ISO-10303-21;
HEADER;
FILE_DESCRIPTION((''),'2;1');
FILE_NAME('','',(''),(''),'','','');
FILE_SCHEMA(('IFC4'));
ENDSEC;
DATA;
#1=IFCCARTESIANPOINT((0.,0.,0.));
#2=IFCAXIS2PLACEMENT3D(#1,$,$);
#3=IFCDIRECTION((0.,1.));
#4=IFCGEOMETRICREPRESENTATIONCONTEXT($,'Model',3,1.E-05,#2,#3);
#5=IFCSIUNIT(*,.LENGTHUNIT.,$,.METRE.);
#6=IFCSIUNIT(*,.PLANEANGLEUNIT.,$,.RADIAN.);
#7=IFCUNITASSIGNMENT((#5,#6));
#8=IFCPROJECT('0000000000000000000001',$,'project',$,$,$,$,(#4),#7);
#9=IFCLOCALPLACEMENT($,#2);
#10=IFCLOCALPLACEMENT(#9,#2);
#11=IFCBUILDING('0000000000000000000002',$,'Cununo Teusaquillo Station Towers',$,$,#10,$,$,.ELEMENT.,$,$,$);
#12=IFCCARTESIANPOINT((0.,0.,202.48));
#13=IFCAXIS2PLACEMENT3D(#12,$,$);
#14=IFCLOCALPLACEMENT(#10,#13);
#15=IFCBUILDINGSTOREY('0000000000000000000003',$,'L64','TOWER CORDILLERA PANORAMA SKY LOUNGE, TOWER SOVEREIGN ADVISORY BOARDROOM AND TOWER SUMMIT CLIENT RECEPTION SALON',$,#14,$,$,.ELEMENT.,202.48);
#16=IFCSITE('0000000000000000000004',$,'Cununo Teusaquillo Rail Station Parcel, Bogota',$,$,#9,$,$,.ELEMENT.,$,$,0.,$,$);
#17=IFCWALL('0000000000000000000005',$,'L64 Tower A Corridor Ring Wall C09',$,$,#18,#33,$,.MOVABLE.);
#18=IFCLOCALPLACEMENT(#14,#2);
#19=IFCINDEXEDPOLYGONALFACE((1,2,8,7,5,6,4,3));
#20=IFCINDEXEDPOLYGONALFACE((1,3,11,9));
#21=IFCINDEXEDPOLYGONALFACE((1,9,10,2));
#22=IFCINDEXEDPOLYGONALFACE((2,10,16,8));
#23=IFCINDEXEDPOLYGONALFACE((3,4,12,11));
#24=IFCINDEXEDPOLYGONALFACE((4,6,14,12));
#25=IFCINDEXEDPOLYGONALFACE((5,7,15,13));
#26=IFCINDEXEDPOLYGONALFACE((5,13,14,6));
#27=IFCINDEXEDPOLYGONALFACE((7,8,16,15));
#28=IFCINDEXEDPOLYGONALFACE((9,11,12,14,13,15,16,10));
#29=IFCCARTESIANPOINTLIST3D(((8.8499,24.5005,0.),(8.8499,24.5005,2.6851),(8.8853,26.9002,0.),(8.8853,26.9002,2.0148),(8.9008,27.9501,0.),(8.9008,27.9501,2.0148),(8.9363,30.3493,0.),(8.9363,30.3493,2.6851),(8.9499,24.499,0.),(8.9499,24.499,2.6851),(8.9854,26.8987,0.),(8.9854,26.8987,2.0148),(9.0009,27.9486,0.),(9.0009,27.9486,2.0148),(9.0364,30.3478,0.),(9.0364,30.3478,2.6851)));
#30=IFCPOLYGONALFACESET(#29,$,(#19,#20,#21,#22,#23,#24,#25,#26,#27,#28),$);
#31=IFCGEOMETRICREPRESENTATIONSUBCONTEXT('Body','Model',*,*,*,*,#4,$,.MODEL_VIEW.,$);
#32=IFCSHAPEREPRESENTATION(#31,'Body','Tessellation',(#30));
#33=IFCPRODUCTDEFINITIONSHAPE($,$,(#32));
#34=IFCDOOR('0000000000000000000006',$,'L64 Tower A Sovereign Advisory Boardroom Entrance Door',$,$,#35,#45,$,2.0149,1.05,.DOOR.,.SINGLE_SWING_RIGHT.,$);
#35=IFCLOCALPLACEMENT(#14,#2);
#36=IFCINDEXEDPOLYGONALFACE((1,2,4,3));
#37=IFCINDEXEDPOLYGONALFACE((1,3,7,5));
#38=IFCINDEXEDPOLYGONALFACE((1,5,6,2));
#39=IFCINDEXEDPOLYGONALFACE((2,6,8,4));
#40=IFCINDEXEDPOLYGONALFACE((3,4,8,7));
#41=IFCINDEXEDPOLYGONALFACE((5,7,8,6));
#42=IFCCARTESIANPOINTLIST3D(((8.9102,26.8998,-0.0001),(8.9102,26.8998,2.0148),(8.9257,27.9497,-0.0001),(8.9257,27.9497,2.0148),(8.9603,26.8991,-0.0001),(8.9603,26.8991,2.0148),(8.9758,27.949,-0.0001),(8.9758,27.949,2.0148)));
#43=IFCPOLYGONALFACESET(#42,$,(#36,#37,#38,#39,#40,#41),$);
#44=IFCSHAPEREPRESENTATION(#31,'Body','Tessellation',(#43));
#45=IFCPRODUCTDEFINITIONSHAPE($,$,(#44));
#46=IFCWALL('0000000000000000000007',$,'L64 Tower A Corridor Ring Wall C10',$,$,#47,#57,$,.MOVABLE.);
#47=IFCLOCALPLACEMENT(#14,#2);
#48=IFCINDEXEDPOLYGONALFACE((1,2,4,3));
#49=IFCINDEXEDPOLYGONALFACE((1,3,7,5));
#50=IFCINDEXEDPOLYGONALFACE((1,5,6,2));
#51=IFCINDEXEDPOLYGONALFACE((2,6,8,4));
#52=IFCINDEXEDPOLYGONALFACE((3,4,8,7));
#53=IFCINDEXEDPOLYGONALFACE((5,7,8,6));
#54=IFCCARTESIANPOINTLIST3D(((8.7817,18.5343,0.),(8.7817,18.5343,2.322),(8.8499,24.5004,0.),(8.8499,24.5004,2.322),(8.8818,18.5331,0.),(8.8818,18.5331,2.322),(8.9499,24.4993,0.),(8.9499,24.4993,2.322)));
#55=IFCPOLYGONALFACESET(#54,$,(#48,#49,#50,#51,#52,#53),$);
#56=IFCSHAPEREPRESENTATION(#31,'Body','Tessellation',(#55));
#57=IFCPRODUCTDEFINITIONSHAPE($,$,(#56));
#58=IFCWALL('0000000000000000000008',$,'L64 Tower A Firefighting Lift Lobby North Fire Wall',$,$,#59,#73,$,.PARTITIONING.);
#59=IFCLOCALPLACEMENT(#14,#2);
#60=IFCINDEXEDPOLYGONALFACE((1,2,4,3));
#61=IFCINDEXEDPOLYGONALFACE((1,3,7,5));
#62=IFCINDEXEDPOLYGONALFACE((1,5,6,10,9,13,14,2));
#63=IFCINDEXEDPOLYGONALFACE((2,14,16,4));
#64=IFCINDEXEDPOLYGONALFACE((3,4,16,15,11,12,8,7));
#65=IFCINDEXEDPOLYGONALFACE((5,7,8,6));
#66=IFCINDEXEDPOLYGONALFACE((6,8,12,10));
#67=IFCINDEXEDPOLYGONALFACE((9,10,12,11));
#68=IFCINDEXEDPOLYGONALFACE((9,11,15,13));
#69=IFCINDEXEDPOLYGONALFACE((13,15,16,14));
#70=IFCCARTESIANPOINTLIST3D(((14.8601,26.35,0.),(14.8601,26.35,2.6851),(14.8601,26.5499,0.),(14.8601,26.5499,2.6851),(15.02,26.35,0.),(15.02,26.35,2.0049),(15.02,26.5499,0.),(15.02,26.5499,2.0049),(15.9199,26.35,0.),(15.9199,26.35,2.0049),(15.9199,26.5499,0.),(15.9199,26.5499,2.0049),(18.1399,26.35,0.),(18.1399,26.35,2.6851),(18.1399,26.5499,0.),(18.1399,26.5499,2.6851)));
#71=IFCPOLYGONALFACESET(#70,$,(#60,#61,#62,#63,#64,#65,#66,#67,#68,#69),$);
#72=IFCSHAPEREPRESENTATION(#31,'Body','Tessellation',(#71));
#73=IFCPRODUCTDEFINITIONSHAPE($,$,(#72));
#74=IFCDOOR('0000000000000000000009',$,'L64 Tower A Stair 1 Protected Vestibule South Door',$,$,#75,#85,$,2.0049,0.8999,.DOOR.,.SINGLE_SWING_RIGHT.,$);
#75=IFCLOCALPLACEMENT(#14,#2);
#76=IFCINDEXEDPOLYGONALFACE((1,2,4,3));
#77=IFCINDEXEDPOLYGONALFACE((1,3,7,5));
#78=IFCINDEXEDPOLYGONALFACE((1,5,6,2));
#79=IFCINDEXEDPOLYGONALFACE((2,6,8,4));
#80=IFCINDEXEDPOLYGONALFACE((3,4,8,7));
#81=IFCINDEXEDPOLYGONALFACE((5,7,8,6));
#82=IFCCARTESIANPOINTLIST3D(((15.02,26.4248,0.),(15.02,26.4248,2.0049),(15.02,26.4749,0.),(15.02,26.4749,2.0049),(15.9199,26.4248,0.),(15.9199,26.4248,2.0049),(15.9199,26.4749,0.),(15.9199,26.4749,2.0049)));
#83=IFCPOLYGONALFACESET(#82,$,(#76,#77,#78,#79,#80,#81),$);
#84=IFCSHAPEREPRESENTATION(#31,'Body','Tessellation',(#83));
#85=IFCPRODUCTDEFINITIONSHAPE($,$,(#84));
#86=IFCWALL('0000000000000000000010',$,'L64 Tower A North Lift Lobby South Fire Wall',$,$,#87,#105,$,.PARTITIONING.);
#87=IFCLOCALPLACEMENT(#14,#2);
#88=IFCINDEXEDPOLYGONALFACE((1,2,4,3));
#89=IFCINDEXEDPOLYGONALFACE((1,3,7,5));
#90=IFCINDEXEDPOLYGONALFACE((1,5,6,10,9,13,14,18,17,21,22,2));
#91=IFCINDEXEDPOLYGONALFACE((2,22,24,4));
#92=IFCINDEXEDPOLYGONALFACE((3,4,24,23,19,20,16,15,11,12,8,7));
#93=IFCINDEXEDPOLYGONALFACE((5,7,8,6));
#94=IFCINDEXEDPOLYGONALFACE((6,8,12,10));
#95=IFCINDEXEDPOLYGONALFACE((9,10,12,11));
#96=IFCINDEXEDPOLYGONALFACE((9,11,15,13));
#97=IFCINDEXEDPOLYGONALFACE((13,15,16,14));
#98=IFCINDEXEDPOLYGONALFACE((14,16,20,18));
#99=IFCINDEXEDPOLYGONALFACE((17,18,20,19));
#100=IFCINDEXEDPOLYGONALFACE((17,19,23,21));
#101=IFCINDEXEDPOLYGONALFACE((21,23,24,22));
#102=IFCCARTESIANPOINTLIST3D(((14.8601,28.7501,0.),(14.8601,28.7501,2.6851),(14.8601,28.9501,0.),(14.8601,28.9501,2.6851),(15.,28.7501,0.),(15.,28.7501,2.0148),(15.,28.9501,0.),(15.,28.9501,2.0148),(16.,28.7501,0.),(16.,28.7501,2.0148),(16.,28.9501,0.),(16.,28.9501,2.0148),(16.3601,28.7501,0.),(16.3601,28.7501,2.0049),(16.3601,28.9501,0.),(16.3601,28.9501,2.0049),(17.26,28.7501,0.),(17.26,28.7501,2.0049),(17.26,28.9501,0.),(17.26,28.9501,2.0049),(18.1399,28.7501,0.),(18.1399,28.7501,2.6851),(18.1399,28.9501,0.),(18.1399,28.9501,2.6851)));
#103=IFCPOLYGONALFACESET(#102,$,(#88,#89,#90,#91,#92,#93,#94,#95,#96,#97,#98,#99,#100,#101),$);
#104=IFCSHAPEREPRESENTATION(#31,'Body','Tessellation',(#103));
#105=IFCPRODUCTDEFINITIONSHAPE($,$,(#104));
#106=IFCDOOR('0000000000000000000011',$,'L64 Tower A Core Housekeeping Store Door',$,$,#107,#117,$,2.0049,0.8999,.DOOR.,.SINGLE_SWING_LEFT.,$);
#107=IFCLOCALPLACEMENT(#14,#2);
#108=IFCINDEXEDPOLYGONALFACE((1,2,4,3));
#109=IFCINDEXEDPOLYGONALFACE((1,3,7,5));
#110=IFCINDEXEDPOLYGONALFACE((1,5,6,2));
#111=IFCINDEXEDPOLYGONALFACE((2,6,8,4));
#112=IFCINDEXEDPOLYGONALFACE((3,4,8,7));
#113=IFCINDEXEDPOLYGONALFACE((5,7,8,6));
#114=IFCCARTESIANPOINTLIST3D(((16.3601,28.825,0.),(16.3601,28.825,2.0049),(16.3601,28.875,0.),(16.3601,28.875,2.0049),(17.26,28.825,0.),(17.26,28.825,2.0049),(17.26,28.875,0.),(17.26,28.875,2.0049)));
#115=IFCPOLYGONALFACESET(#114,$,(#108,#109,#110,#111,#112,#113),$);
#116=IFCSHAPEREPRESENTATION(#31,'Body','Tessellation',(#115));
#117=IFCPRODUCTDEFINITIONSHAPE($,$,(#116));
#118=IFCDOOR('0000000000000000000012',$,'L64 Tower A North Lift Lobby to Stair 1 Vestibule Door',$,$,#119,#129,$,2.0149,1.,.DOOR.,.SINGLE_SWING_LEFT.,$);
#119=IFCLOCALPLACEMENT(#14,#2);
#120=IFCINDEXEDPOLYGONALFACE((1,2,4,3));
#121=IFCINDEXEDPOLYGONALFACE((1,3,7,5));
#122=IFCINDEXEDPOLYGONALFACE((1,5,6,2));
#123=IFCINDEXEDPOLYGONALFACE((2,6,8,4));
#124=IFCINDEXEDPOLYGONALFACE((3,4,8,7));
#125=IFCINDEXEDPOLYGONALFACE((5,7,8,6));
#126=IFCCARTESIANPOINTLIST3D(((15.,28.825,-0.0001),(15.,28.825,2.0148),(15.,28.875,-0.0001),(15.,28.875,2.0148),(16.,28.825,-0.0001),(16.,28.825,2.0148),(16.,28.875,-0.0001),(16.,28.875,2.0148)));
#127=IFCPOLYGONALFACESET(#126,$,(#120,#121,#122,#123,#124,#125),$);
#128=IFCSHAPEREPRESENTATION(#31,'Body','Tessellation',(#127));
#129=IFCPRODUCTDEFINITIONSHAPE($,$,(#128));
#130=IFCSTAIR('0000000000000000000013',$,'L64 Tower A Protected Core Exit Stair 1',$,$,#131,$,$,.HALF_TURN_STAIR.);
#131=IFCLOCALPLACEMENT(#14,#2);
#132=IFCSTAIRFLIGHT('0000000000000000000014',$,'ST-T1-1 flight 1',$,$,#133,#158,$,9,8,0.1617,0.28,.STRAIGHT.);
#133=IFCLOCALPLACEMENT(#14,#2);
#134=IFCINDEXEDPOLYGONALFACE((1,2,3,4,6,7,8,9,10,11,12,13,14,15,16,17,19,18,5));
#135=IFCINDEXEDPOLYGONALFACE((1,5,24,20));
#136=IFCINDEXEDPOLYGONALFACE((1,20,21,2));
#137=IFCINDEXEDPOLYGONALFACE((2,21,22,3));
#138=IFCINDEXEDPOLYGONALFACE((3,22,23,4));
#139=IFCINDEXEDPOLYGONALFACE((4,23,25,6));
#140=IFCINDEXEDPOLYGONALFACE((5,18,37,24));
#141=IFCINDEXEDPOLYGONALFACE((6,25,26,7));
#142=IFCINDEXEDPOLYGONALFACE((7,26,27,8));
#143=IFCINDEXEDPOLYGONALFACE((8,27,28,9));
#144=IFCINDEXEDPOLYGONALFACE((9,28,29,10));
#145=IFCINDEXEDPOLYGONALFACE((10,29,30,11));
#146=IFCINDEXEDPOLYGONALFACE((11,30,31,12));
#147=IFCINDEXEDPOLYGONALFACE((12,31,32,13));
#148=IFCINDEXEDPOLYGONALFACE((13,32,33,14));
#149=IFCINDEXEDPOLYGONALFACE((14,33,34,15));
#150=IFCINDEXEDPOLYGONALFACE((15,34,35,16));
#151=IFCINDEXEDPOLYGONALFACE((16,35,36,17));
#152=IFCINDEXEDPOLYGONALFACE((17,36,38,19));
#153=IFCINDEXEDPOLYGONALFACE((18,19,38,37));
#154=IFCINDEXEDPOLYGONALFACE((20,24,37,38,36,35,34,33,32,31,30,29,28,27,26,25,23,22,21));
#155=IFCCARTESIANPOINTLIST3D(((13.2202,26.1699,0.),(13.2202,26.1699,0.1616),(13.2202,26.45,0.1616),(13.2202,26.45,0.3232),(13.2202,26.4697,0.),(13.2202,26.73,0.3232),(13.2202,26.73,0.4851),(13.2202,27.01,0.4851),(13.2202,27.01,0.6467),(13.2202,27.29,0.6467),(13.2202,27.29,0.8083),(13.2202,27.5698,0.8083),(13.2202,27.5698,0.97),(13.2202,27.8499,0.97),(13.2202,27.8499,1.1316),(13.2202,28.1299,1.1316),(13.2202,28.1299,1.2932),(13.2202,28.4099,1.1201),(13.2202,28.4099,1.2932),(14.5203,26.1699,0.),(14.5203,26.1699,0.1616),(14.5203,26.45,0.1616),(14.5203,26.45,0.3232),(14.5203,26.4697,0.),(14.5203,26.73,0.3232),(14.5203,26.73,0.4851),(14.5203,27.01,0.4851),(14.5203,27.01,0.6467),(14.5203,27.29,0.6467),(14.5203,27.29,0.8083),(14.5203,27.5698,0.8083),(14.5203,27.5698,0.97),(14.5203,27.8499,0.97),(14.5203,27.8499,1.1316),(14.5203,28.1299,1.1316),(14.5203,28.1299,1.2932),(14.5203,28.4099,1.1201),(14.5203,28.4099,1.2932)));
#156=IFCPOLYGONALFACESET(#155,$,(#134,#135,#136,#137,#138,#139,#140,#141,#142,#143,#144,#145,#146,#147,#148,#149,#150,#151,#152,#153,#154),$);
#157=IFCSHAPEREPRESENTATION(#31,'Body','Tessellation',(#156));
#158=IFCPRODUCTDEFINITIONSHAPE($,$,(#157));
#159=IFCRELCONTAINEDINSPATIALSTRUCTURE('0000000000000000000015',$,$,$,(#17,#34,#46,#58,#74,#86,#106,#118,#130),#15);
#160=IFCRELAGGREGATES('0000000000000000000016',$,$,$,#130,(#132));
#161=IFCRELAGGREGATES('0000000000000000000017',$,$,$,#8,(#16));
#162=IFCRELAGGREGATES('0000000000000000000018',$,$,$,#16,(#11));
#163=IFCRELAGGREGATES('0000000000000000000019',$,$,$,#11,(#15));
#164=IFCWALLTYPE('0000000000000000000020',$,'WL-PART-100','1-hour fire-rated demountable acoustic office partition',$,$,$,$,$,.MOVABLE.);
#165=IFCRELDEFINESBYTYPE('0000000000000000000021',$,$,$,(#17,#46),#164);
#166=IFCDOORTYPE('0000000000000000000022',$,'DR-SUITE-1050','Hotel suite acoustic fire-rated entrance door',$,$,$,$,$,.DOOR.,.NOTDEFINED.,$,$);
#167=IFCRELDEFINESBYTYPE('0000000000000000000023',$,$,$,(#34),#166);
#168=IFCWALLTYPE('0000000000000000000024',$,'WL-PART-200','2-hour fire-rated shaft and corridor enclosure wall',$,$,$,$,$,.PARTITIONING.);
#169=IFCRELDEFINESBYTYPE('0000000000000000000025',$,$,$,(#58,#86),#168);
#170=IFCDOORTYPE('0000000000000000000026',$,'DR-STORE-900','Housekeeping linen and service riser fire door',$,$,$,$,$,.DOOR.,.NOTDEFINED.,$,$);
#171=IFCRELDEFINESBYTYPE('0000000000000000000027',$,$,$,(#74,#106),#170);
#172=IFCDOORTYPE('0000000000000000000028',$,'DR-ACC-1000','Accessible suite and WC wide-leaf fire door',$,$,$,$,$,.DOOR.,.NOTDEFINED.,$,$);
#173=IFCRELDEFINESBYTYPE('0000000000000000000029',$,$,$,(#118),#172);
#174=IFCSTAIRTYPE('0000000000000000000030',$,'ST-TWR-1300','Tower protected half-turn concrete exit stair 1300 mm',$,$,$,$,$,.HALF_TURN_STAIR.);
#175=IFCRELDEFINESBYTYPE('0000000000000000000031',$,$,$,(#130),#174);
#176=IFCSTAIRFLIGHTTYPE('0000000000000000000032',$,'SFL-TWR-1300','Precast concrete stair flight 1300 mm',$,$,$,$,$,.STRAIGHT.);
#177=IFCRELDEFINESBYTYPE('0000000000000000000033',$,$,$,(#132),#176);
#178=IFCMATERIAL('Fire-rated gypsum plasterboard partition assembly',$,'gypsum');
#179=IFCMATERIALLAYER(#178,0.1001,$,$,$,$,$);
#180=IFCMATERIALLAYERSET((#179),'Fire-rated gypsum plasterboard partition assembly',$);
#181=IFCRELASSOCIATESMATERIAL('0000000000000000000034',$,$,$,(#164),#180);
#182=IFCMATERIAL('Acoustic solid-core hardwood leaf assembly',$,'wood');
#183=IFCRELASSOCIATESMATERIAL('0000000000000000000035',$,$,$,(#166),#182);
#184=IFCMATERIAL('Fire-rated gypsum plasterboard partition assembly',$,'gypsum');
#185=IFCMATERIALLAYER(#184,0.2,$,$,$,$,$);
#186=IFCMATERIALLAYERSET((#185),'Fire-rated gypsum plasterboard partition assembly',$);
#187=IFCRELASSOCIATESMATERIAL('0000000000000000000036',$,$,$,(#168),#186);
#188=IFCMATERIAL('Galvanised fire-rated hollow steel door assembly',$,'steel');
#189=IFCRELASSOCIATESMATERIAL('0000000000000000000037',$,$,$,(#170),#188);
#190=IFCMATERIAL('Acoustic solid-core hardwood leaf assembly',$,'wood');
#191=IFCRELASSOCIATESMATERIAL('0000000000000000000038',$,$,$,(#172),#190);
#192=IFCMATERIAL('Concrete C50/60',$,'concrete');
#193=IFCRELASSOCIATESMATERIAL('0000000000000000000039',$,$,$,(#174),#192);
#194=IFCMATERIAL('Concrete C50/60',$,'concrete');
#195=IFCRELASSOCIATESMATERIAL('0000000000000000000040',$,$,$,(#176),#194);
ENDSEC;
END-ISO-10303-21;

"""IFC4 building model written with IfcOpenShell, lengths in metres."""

from ifc_helpers import new_model, si_unit, direction, frame, frame_2d, origin, place, context, subcontext, project, spatial, polyline, rectangle, outline, extrude, source, transform, mapped, material, layer, layer_set, type_object, element, fill, aggregate, save


model = new_model("IFC4")

# Units and contexts
model_context = context("Model", 3, precision=1e-05, world=origin(), true_north=direction((0.0, 1.0)))
body_context = subcontext(model_context, "Body", "Model", "MODEL_VIEW")
ifc_project = project(units=[si_unit("LENGTHUNIT", "METRE"), si_unit("PLANEANGLEUNIT", "RADIAN")], contexts=[model_context])

# Site, building, storey
site_placement = place(None, origin())
site = spatial("IfcSite", under=ifc_project, at=site_placement, Name="Cununo Teusaquillo Rail Station Parcel, Bogota", CompositionType="ELEMENT", RefElevation=0.0)
building_placement = place(site_placement, origin())
building = spatial("IfcBuilding", under=site, at=building_placement, Name="Cununo Teusaquillo Station Towers", CompositionType="ELEMENT")
storey_placement = place(building_placement, frame((0.0, 0.0, 202.48)))
storey = spatial("IfcBuildingStorey", under=building, at=storey_placement, Name="L64", Description="TOWER CORDILLERA PANORAMA SKY LOUNGE, TOWER SOVEREIGN ADVISORY BOARDROOM AND TOWER SUMMIT CLIENT RECEPTION SALON", CompositionType="ELEMENT", Elevation=202.48)

# Wall, opening, door
ifc_material_1 = material(Name="Fire-rated gypsum plasterboard partition assembly", Category="gypsum")
ifc_layer_1 = layer(ifc_material_1, 0.1001)
ifc_layer_set_1 = layer_set([ifc_layer_1], Name="Fire-rated gypsum plasterboard partition assembly")
wall_type_1 = type_object("IfcWallType", Name="WL-PART-100", Description="1-hour fire-rated demountable acoustic office partition", PredefinedType="MOVABLE", material=ifc_layer_set_1)
wall_1_placement = place(storey_placement, frame((8.9863, 30.3486, 0.0), z_axis=(0.0, 0.0, 1.0), x_axis=(-0.014775, -0.999891, 0.0)))
wall_1 = element("IfcWall", 1, at=wall_1_placement, inside=storey, type_object=wall_type_1, Name="L64 Tower A Corridor Ring Wall C09", PredefinedType="MOVABLE", context=body_context, shape_type="SweptSolid", body=[
    extrude(rectangle(XDim=5.8494, YDim=0.1001, at=frame_2d((2.9248, 0.0))), origin(), (0.0, 0.0, 1.0), 2.6851),
])
shared_shape_1 = source(origin(), body_context, "Body", "SweptSolid", [
    extrude(rectangle(XDim=1.05, YDim=2.0149, at=frame_2d((0.5249, 1.0073))), frame((0.0, 0.0601, 0.0), z_axis=(0.0, -1.0, 0.0), x_axis=(1.0, 0.0, 0.0)), (0.0, 0.0, 1.0), 0.1201),
])
opening_1_placement = place(wall_1_placement, frame((2.3997, 0.0, 0.0)))
opening_1 = element("IfcOpeningElement", 2, at=opening_1_placement, cuts=wall_1, PredefinedType="OPENING", context=body_context, shape_type="MappedRepresentation", body=[
    mapped(shared_shape_1, transform((0.0, 0.0, 0.0), x_axis=(1.0, 0.0, 0.0), y_axis=(0.0, 1.0, 0.0), z_axis=(0.0, 0.0, 1.0), scale=1.0)),
])
ifc_material_2 = material(Name="Acoustic solid-core hardwood leaf assembly", Category="wood")
door_type_1 = type_object("IfcDoorType", Name="DR-SUITE-1050", Description="Hotel suite acoustic fire-rated entrance door", OperationType="NOTDEFINED", PredefinedType="DOOR", material=ifc_material_2)
shared_shape_2 = source(origin(), body_context, "Body", "SweptSolid", [
    extrude(rectangle(XDim=1.05, YDim=2.0149, at=frame_2d((0.5249, 1.0073))), frame((0.0, 0.0249, 0.0), z_axis=(0.0, -1.0, 0.0), x_axis=(1.0, 0.0, 0.0)), (0.0, 0.0, 1.0), 0.05),
])
door_1_placement = place(opening_1_placement, origin())
door_1 = element("IfcDoor", 3, at=door_1_placement, inside=storey, type_object=door_type_1, Name="L64 Tower A Sovereign Advisory Boardroom Entrance Door", OperationType="SINGLE_SWING_RIGHT", OverallHeight=2.0149, OverallWidth=1.05, PredefinedType="DOOR", context=body_context, shape_type="MappedRepresentation", body=[
    mapped(shared_shape_2, transform((0.0, 0.0, 0.0), x_axis=(1.0, 0.0, 0.0), y_axis=(0.0, 1.0, 0.0), z_axis=(0.0, 0.0, 1.0), scale=1.0)),
])
fill(opening_1, door_1)

# Wall
wall_2_placement = place(storey_placement, frame((8.8999, 24.5, 0.0), z_axis=(0.0, 0.0, 1.0), x_axis=(-0.011416, -0.999935, 0.0)))
element("IfcWall", 4, at=wall_2_placement, inside=storey, type_object=wall_type_1, Name="L64 Tower A Corridor Ring Wall C10", PredefinedType="MOVABLE", context=body_context, shape_type="SweptSolid", body=[
    extrude(rectangle(XDim=5.9666, YDim=0.1001, at=frame_2d((2.9834, 0.0))), origin(), (0.0, 0.0, 1.0), 2.322),
])

# Wall, opening, door
ifc_material_3 = material(Name="Fire-rated gypsum plasterboard partition assembly", Category="gypsum")
ifc_layer_2 = layer(ifc_material_3, 0.2)
ifc_layer_set_2 = layer_set([ifc_layer_2], Name="Fire-rated gypsum plasterboard partition assembly")
wall_type_2 = type_object("IfcWallType", Name="WL-PART-200", Description="2-hour fire-rated shaft and corridor enclosure wall", PredefinedType="PARTITIONING", material=ifc_layer_set_2)
wall_3_placement = place(storey_placement, frame((14.8601, 26.45, 0.0), z_axis=(0.0, 0.0, 1.0), x_axis=(1.0, 0.0, 0.0)))
wall_3 = element("IfcWall", 5, at=wall_3_placement, inside=storey, type_object=wall_type_2, Name="L64 Tower A Firefighting Lift Lobby North Fire Wall", PredefinedType="PARTITIONING", context=body_context, shape_type="SweptSolid", body=[
    extrude(rectangle(XDim=3.2798, YDim=0.2, at=frame_2d((1.6399, 0.0))), origin(), (0.0, 0.0, 1.0), 2.6851),
])
shared_shape_3 = source(origin(), body_context, "Body", "SweptSolid", [
    extrude(rectangle(XDim=0.8999, YDim=2.0049, at=frame_2d((0.45, 1.0024))), frame((0.0, 0.1099, 0.0), z_axis=(0.0, -1.0, 0.0), x_axis=(1.0, 0.0, 0.0)), (0.0, 0.0, 1.0), 0.22),
])
opening_2_placement = place(wall_3_placement, frame((0.1599, 0.0, 0.0)))
opening_2 = element("IfcOpeningElement", 6, at=opening_2_placement, cuts=wall_3, PredefinedType="OPENING", context=body_context, shape_type="MappedRepresentation", body=[
    mapped(shared_shape_3, transform((0.0, 0.0, 0.0), x_axis=(1.0, 0.0, 0.0), y_axis=(0.0, 1.0, 0.0), z_axis=(0.0, 0.0, 1.0), scale=1.0)),
])
ifc_material_4 = material(Name="Galvanised fire-rated hollow steel door assembly", Category="steel")
door_type_2 = type_object("IfcDoorType", Name="DR-STORE-900", Description="Housekeeping linen and service riser fire door", OperationType="NOTDEFINED", PredefinedType="DOOR", material=ifc_material_4)
shared_shape_4 = source(origin(), body_context, "Body", "SweptSolid", [
    extrude(rectangle(XDim=0.8999, YDim=2.0049, at=frame_2d((0.45, 1.0024))), frame((0.0, 0.0249, 0.0), z_axis=(0.0, -1.0, 0.0), x_axis=(1.0, 0.0, 0.0)), (0.0, 0.0, 1.0), 0.05),
])
door_2_placement = place(opening_2_placement, origin())
door_2 = element("IfcDoor", 7, at=door_2_placement, inside=storey, type_object=door_type_2, Name="L64 Tower A Stair 1 Protected Vestibule South Door", OperationType="SINGLE_SWING_RIGHT", OverallHeight=2.0049, OverallWidth=0.8999, PredefinedType="DOOR", context=body_context, shape_type="MappedRepresentation", body=[
    mapped(shared_shape_4, transform((0.0, 0.0, 0.0), x_axis=(1.0, 0.0, 0.0), y_axis=(0.0, 1.0, 0.0), z_axis=(0.0, 0.0, 1.0), scale=1.0)),
])
fill(opening_2, door_2)

# Wall, openings, doors
wall_4_placement = place(storey_placement, frame((14.8601, 28.8501, 0.0), z_axis=(0.0, 0.0, 1.0), x_axis=(1.0, 0.0, 0.0)))
wall_4 = element("IfcWall", 8, at=wall_4_placement, inside=storey, type_object=wall_type_2, Name="L64 Tower A North Lift Lobby South Fire Wall", PredefinedType="PARTITIONING", context=body_context, shape_type="SweptSolid", body=[
    extrude(rectangle(XDim=3.2798, YDim=0.2, at=frame_2d((1.6399, 0.0))), origin(), (0.0, 0.0, 1.0), 2.6851),
])
shared_shape_5 = source(origin(), body_context, "Body", "SweptSolid", [
    extrude(rectangle(XDim=1.0, YDim=2.0149, at=frame_2d((0.5, 1.0073))), frame((0.0, 0.1099, 0.0), z_axis=(0.0, -1.0, 0.0), x_axis=(1.0, 0.0, 0.0)), (0.0, 0.0, 1.0), 0.22),
])
opening_3_placement = place(wall_4_placement, frame((0.1399, 0.0, 0.0)))
opening_3 = element("IfcOpeningElement", 9, at=opening_3_placement, cuts=wall_4, PredefinedType="OPENING", context=body_context, shape_type="MappedRepresentation", body=[
    mapped(shared_shape_5, transform((0.0, 0.0, 0.0), x_axis=(1.0, 0.0, 0.0), y_axis=(0.0, 1.0, 0.0), z_axis=(0.0, 0.0, 1.0), scale=1.0)),
])
opening_4_placement = place(wall_4_placement, frame((1.5, 0.0, 0.0)))
opening_4 = element("IfcOpeningElement", 10, at=opening_4_placement, cuts=wall_4, PredefinedType="OPENING", context=body_context, shape_type="MappedRepresentation", body=[
    mapped(shared_shape_3, transform((0.0, 0.0, 0.0), x_axis=(1.0, 0.0, 0.0), y_axis=(0.0, 1.0, 0.0), z_axis=(0.0, 0.0, 1.0), scale=1.0)),
])
door_3_placement = place(opening_4_placement, origin())
door_3 = element("IfcDoor", 11, at=door_3_placement, inside=storey, type_object=door_type_2, Name="L64 Tower A Core Housekeeping Store Door", OperationType="SINGLE_SWING_LEFT", OverallHeight=2.0049, OverallWidth=0.8999, PredefinedType="DOOR", context=body_context, shape_type="MappedRepresentation", body=[
    mapped(shared_shape_4, transform((0.0, 0.0, 0.0), x_axis=(1.0, 0.0, 0.0), y_axis=(0.0, 1.0, 0.0), z_axis=(0.0, 0.0, 1.0), scale=1.0)),
])
fill(opening_4, door_3)
ifc_material_5 = material(Name="Acoustic solid-core hardwood leaf assembly", Category="wood")
door_type_3 = type_object("IfcDoorType", Name="DR-ACC-1000", Description="Accessible suite and WC wide-leaf fire door", OperationType="NOTDEFINED", PredefinedType="DOOR", material=ifc_material_5)
shared_shape_6 = source(origin(), body_context, "Body", "SweptSolid", [
    extrude(rectangle(XDim=1.0, YDim=2.0149, at=frame_2d((0.5, 1.0073))), frame((0.0, 0.0249, 0.0), z_axis=(0.0, -1.0, 0.0), x_axis=(1.0, 0.0, 0.0)), (0.0, 0.0, 1.0), 0.05),
])
door_4_placement = place(opening_3_placement, origin())
door_4 = element("IfcDoor", 12, at=door_4_placement, inside=storey, type_object=door_type_3, Name="L64 Tower A North Lift Lobby to Stair 1 Vestibule Door", OperationType="SINGLE_SWING_LEFT", OverallHeight=2.0149, OverallWidth=1.0, PredefinedType="DOOR", context=body_context, shape_type="MappedRepresentation", body=[
    mapped(shared_shape_6, transform((0.0, 0.0, 0.0), x_axis=(1.0, 0.0, 0.0), y_axis=(0.0, 1.0, 0.0), z_axis=(0.0, 0.0, 1.0), scale=1.0)),
])
fill(opening_3, door_4)

# Stair, stair flight
ifc_material_6 = material(Name="Concrete C50/60", Category="concrete")
stair_type = type_object("IfcStairType", Name="ST-TWR-1300", Description="Tower protected half-turn concrete exit stair 1300 mm", PredefinedType="HALF_TURN_STAIR", material=ifc_material_6)
stair_placement = place(storey_placement, origin())
stair = element("IfcStair", 13, at=stair_placement, inside=storey, type_object=stair_type, Name="L64 Tower A Protected Core Exit Stair 1", PredefinedType="HALF_TURN_STAIR")
ifc_material_7 = material(Name="Concrete C50/60", Category="concrete")
stair_flight_type = type_object("IfcStairFlightType", Name="SFL-TWR-1300", Description="Precast concrete stair flight 1300 mm", PredefinedType="STRAIGHT", material=ifc_material_7)
stair_flight_1_placement = place(storey_placement, frame((13.8701, 26.1699, 0.0), z_axis=(0.0, 0.0, 1.0), x_axis=(0.0, 1.0, 0.0)))
stair_flight_1 = element("IfcStairFlight", 14, at=stair_flight_1_placement, type_object=stair_flight_type, Name="ST-T1-1 flight 1", NumberOfRisers=9, NumberOfTreads=8, PredefinedType="STRAIGHT", RiserHeight=0.1617, TreadLength=0.28, context=body_context, shape_type="SweptSolid", body=[
    extrude(outline(polyline([(0.0, 0.0), (0.0, 0.1616), (0.28, 0.1616), (0.28, 0.3232), (0.5601, 0.3232), (0.5601, 0.4851), (0.8401, 0.4851), (0.8401, 0.6467), (1.1201, 0.6467), (1.1201, 0.8083), (1.3999, 0.8083), (1.3999, 0.97), (1.6799, 0.97), (1.6799, 1.1316), (1.96, 1.1316), (1.96, 1.2932), (2.24, 1.2932), (2.24, 1.4551), (2.24, 1.1201), (0.2998, 0.0), (0.0, 0.0)])), frame((0.0, 0.6499, 0.0), z_axis=(0.0, -1.0, 0.0), x_axis=(1.0, 0.0, 0.0)), (0.0, 0.0, 1.0), 1.3),
])
aggregate(stair, [stair_flight_1])

save(model, "model.ifc")
